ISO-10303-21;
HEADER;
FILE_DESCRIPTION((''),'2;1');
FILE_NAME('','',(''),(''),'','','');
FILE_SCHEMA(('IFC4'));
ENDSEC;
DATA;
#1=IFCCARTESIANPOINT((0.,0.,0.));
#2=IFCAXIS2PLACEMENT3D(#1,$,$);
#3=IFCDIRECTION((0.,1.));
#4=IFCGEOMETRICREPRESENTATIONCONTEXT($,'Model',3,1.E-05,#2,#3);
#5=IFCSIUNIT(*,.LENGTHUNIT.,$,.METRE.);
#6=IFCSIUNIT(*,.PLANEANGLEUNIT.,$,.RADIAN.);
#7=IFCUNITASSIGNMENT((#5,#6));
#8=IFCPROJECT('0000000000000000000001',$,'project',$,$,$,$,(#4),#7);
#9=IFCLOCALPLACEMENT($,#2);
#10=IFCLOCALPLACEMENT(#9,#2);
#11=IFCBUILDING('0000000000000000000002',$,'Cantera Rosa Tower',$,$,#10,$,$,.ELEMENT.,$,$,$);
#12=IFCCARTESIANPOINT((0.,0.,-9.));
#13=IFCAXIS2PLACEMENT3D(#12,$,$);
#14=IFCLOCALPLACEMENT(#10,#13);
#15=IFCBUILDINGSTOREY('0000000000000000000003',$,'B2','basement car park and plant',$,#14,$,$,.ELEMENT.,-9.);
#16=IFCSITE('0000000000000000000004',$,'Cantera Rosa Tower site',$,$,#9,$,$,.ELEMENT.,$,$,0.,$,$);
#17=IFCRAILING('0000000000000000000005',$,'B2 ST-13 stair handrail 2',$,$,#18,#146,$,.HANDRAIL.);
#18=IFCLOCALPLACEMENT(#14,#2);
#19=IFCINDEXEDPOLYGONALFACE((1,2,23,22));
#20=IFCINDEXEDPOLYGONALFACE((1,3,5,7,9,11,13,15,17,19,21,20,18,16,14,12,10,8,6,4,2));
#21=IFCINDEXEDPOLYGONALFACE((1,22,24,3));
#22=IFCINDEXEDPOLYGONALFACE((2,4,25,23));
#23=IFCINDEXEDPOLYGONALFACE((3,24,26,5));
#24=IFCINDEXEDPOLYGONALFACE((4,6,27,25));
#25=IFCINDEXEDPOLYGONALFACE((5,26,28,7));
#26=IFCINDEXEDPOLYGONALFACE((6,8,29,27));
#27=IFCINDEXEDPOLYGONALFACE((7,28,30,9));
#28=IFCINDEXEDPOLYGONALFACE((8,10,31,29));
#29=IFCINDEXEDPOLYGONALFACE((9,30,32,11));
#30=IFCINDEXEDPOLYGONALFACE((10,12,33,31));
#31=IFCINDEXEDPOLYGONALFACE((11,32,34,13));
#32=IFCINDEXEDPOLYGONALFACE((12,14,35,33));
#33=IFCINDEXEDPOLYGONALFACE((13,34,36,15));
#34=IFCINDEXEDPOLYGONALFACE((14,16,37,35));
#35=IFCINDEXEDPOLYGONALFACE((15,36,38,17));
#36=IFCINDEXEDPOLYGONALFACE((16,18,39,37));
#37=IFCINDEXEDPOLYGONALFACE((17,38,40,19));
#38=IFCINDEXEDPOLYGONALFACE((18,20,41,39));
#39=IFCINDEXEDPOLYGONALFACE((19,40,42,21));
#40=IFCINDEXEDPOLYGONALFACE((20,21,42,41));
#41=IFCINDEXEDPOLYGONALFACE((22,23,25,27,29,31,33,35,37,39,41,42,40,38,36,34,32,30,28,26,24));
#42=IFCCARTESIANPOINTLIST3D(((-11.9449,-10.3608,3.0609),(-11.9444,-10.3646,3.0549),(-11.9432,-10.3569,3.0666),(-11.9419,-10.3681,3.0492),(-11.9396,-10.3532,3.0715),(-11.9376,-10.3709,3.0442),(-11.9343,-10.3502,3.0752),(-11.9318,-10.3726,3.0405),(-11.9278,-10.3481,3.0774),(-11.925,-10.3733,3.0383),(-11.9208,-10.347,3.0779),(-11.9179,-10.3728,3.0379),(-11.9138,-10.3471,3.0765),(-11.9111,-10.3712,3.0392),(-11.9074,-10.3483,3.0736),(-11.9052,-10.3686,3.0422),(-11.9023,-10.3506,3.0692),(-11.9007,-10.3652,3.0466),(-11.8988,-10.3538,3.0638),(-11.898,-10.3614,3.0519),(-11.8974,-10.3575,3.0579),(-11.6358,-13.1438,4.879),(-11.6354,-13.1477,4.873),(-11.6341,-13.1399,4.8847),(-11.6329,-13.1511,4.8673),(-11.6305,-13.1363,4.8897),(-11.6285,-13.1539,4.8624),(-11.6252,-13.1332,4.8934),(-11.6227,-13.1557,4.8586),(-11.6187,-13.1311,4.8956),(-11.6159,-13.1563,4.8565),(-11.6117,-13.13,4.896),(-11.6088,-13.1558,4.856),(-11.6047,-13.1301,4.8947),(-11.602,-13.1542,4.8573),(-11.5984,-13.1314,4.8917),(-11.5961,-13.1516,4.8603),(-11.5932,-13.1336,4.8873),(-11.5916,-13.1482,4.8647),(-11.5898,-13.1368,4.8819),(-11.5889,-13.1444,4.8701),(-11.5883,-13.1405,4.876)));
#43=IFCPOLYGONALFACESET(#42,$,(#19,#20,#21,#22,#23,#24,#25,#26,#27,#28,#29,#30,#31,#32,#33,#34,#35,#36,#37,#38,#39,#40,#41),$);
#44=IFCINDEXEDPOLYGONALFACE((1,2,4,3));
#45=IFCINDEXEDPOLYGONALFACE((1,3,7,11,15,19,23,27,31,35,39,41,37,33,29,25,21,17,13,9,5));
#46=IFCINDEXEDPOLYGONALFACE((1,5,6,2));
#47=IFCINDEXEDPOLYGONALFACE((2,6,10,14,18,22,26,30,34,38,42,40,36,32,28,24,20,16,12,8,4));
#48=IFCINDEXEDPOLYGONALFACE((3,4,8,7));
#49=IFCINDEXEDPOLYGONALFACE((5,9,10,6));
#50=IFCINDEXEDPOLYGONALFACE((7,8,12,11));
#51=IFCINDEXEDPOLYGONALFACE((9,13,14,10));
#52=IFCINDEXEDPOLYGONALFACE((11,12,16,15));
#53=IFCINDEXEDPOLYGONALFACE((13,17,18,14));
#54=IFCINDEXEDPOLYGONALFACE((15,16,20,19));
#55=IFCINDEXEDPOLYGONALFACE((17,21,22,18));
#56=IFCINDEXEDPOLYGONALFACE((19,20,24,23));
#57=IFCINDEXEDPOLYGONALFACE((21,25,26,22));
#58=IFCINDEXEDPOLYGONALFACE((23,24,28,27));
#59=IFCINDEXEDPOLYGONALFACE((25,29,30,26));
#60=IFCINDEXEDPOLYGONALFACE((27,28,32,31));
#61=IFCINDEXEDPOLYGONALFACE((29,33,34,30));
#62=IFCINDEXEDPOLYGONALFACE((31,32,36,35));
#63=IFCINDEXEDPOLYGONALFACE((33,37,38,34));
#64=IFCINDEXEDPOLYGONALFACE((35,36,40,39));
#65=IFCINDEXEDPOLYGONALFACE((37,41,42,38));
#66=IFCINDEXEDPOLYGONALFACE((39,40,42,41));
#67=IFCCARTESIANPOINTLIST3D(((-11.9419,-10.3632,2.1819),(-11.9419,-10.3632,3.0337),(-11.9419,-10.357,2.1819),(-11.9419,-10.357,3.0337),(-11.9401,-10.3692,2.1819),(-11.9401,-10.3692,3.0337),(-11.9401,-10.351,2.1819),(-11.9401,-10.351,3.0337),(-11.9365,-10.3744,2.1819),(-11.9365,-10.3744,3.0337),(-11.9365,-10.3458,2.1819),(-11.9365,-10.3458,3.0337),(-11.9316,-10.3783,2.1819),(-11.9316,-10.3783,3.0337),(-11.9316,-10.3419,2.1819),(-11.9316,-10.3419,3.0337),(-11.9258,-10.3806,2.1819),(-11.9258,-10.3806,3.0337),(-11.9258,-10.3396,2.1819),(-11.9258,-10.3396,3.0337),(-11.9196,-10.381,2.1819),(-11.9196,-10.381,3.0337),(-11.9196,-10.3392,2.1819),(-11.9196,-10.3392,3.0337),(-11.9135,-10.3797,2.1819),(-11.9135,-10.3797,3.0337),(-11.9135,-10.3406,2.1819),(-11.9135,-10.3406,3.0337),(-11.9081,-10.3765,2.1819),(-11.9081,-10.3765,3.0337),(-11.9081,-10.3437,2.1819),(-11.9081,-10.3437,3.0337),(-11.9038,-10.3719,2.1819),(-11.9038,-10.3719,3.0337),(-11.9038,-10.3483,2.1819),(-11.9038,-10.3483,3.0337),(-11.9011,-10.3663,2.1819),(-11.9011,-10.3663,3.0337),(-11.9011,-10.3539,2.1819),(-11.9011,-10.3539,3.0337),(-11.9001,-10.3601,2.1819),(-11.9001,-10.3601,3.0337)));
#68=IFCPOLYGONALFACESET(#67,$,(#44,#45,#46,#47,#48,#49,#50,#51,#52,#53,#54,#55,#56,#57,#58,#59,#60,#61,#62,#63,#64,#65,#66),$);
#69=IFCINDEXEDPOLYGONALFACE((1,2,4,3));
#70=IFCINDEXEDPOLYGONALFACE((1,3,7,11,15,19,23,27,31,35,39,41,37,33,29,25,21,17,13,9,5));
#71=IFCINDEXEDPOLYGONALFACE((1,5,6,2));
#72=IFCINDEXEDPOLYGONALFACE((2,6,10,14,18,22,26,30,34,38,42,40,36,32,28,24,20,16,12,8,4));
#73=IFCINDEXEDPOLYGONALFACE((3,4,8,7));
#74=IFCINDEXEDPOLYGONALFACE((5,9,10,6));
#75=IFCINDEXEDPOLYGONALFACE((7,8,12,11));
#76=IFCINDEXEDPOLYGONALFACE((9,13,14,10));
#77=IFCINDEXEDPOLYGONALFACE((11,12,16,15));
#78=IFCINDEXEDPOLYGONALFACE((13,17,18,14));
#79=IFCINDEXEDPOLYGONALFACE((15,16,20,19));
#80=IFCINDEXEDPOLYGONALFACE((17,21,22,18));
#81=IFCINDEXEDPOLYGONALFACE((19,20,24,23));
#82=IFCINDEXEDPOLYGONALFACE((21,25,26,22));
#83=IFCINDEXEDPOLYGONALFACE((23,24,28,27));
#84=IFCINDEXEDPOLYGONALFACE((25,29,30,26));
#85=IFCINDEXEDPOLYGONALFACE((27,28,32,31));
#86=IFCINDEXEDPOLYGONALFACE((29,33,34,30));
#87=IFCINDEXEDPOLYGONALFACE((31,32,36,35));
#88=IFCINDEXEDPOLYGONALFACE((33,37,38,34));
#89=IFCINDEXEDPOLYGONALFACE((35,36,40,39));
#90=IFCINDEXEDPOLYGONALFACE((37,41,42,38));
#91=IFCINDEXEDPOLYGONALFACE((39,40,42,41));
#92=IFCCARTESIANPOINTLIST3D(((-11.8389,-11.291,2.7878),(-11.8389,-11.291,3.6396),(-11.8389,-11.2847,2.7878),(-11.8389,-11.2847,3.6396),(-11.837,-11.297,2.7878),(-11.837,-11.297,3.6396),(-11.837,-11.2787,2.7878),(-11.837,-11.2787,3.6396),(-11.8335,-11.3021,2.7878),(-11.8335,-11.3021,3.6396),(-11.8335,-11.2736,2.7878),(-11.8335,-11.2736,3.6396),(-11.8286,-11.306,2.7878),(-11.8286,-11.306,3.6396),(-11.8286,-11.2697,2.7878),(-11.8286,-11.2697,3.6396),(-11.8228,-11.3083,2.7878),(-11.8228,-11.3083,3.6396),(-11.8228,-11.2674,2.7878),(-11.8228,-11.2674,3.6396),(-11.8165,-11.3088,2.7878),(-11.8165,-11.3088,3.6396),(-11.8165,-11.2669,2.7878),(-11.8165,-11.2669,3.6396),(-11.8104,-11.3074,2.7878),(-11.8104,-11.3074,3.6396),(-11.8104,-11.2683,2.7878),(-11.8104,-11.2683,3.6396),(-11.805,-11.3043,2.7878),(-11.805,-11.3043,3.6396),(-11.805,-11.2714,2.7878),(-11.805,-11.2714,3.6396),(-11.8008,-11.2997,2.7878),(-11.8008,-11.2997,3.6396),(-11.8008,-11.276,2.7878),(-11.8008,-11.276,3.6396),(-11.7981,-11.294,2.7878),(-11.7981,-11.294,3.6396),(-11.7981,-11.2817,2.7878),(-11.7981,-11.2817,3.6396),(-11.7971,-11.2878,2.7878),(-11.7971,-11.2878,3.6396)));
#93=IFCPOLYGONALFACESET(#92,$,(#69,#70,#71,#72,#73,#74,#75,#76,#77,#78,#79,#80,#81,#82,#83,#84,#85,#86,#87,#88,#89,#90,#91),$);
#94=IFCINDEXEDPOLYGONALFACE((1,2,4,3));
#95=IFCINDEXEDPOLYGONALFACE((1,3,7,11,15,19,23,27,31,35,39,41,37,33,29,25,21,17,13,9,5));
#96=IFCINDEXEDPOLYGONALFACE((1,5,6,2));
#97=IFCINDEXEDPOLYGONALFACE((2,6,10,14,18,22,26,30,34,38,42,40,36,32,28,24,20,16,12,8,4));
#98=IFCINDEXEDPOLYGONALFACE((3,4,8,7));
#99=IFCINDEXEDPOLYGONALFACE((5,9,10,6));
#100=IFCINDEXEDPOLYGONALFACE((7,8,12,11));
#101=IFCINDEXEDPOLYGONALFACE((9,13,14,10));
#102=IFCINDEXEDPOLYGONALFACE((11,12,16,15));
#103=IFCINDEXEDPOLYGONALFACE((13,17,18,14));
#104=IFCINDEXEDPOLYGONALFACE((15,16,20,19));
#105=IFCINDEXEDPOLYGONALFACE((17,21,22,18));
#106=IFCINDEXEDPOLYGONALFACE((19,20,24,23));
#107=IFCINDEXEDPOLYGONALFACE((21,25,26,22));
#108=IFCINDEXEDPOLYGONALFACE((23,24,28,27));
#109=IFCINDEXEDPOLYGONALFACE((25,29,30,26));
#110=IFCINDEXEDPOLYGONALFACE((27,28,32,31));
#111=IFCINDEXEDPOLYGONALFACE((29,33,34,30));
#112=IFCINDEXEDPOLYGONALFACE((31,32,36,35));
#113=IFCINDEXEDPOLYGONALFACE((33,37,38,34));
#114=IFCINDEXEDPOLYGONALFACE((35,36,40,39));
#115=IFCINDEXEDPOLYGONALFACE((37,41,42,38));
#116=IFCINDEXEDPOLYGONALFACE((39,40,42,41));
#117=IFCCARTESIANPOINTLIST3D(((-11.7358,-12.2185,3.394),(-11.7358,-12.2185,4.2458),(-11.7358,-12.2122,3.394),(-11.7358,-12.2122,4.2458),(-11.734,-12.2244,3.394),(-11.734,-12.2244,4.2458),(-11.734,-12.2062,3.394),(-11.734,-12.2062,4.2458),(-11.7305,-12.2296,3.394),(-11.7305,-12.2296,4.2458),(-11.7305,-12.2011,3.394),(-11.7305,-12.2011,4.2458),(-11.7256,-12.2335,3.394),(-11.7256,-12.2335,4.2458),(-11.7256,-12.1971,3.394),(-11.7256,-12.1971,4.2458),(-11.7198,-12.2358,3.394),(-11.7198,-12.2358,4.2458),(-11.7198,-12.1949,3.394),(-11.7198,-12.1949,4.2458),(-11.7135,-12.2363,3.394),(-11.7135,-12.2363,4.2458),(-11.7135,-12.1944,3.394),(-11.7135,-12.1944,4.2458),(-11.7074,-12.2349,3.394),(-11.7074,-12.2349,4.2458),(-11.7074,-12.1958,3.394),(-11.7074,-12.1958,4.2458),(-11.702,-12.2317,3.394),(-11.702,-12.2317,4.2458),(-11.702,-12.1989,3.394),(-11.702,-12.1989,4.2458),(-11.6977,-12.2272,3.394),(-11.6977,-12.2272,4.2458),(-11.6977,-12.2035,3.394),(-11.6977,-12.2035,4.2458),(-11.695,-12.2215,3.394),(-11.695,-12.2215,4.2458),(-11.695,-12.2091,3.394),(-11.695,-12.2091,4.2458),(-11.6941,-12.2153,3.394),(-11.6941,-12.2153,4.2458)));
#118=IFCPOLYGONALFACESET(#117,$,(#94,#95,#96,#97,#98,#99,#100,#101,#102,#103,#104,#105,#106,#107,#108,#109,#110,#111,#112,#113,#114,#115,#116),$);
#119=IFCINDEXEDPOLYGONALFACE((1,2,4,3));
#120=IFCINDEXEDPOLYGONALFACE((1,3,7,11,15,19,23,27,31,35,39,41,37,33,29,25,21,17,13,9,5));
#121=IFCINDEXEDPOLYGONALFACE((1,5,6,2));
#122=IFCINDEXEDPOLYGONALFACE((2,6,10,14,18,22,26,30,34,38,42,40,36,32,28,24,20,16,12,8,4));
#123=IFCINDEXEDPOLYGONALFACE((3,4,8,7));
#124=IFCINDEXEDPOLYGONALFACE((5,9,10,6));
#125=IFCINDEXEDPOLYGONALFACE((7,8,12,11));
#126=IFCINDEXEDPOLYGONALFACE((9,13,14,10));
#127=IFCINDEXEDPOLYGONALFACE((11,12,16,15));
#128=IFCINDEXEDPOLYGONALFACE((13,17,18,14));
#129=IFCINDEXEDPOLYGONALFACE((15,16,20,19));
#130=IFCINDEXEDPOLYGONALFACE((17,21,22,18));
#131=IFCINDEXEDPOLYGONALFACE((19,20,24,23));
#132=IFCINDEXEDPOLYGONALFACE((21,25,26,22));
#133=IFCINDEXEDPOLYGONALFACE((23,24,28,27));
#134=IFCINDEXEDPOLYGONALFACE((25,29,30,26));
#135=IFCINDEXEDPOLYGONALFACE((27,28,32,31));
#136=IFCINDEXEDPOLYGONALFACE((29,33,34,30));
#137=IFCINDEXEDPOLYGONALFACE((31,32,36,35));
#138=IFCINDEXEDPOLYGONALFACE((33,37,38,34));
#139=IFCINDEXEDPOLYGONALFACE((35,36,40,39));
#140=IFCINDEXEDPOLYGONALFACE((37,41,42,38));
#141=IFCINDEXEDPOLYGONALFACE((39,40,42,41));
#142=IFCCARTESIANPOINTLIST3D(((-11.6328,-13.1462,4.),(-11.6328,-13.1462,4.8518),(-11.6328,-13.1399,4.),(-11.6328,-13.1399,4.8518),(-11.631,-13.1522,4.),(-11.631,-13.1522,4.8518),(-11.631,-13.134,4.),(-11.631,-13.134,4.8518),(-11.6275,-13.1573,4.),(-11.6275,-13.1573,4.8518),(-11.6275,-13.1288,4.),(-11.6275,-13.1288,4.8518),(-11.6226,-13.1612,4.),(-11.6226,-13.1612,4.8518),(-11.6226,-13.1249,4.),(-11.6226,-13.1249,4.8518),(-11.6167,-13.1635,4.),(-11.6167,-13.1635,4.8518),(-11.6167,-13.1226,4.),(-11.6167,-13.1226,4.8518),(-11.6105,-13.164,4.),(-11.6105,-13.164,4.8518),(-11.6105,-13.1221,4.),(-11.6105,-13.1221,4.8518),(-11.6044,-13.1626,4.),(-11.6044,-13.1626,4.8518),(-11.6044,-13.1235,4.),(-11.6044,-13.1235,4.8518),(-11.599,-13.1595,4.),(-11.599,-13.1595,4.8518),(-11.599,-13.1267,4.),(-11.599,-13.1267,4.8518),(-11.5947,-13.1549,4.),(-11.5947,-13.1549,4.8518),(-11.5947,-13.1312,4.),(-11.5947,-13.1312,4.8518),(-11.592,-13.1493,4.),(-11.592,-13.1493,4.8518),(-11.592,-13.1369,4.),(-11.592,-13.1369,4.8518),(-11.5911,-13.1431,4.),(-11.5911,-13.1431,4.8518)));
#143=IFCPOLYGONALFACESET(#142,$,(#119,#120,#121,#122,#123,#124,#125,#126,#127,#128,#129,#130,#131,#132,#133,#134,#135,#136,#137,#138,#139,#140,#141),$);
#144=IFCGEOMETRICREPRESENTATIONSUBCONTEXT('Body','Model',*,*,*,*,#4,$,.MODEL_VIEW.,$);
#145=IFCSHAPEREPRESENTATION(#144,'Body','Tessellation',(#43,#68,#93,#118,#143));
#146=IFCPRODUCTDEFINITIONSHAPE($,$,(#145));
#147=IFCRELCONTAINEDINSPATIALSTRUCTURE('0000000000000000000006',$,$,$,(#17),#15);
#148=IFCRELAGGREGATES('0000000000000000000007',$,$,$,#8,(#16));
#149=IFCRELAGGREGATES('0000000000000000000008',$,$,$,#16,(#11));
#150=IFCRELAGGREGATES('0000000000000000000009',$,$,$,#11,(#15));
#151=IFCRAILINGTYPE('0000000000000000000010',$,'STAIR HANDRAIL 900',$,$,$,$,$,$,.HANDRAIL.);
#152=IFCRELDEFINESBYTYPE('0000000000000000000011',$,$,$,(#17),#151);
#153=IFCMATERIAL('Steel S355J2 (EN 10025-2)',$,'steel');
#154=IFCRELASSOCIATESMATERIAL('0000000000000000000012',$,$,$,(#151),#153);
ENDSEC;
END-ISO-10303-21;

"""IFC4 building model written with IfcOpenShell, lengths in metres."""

from ifc_helpers import new_model, si_unit, direction, frame, origin, origin_2d, place, context, subcontext, project, spatial, circle, extrude, material, type_object, element, save


model = new_model("IFC4")

# Units and contexts
model_context = context("Model", 3, precision=1e-05, world=origin(), true_north=direction((0.0, 1.0)))
body_context = subcontext(model_context, "Body", "Model", "MODEL_VIEW")
ifc_project = project(units=[si_unit("LENGTHUNIT", "METRE"), si_unit("PLANEANGLEUNIT", "RADIAN")], contexts=[model_context])

# Site, building, storey
site_placement = place(None, origin())
site = spatial("IfcSite", under=ifc_project, at=site_placement, Name="Cantera Rosa Tower site", CompositionType="ELEMENT", RefElevation=0.0)
building_placement = place(site_placement, origin())
building = spatial("IfcBuilding", under=site, at=building_placement, Name="Cantera Rosa Tower", CompositionType="ELEMENT")
storey_placement = place(building_placement, frame((0.0, 0.0, -9.0)))
storey = spatial("IfcBuildingStorey", under=building, at=storey_placement, Name="B2", Description="basement car park and plant", CompositionType="ELEMENT", Elevation=-9.0)

# Railing
ifc_material_1 = material(Name="Steel S355J2 (EN 10025-2)", Category="steel")
railing_type_1 = type_object("IfcRailingType", Name="STAIR HANDRAIL 900", PredefinedType="HANDRAIL", material=ifc_material_1)
railing_1_placement = place(storey_placement, frame((-11.9211, -10.3601, 2.1819)))
element("IfcRailing", 1, at=railing_1_placement, inside=storey, type_object=railing_type_1, Name="B2 ST-13 stair handrail 2", PredefinedType="HANDRAIL", context=body_context, shape_type="SweptSolid", body=[
    extrude(circle(Radius=0.0239, at=origin_2d()), frame((0.0, 0.0, 0.876), z_axis=(0.09258, -0.833582, 0.544582), x_axis=(0.993889, 0.110384, 0.0)), (0.0, 0.0, 1.0), 3.3386),
    extrude(circle(Radius=0.021, at=origin_2d()), origin(), (0.0, 0.0, 1.0), 0.8518),
    extrude(circle(Radius=0.021, at=origin_2d()), frame((0.103, -0.9277, 0.606)), (0.0, 0.0, 1.0), 0.8518),
    extrude(circle(Radius=0.021, at=origin_2d()), frame((0.2061, -1.8552, 1.2122)), (0.0, 0.0, 1.0), 0.8518),
    extrude(circle(Radius=0.021, at=origin_2d()), frame((0.3091, -2.783, 1.8181)), (0.0, 0.0, 1.0), 0.8518),
])

save(model, "model.ifc")
